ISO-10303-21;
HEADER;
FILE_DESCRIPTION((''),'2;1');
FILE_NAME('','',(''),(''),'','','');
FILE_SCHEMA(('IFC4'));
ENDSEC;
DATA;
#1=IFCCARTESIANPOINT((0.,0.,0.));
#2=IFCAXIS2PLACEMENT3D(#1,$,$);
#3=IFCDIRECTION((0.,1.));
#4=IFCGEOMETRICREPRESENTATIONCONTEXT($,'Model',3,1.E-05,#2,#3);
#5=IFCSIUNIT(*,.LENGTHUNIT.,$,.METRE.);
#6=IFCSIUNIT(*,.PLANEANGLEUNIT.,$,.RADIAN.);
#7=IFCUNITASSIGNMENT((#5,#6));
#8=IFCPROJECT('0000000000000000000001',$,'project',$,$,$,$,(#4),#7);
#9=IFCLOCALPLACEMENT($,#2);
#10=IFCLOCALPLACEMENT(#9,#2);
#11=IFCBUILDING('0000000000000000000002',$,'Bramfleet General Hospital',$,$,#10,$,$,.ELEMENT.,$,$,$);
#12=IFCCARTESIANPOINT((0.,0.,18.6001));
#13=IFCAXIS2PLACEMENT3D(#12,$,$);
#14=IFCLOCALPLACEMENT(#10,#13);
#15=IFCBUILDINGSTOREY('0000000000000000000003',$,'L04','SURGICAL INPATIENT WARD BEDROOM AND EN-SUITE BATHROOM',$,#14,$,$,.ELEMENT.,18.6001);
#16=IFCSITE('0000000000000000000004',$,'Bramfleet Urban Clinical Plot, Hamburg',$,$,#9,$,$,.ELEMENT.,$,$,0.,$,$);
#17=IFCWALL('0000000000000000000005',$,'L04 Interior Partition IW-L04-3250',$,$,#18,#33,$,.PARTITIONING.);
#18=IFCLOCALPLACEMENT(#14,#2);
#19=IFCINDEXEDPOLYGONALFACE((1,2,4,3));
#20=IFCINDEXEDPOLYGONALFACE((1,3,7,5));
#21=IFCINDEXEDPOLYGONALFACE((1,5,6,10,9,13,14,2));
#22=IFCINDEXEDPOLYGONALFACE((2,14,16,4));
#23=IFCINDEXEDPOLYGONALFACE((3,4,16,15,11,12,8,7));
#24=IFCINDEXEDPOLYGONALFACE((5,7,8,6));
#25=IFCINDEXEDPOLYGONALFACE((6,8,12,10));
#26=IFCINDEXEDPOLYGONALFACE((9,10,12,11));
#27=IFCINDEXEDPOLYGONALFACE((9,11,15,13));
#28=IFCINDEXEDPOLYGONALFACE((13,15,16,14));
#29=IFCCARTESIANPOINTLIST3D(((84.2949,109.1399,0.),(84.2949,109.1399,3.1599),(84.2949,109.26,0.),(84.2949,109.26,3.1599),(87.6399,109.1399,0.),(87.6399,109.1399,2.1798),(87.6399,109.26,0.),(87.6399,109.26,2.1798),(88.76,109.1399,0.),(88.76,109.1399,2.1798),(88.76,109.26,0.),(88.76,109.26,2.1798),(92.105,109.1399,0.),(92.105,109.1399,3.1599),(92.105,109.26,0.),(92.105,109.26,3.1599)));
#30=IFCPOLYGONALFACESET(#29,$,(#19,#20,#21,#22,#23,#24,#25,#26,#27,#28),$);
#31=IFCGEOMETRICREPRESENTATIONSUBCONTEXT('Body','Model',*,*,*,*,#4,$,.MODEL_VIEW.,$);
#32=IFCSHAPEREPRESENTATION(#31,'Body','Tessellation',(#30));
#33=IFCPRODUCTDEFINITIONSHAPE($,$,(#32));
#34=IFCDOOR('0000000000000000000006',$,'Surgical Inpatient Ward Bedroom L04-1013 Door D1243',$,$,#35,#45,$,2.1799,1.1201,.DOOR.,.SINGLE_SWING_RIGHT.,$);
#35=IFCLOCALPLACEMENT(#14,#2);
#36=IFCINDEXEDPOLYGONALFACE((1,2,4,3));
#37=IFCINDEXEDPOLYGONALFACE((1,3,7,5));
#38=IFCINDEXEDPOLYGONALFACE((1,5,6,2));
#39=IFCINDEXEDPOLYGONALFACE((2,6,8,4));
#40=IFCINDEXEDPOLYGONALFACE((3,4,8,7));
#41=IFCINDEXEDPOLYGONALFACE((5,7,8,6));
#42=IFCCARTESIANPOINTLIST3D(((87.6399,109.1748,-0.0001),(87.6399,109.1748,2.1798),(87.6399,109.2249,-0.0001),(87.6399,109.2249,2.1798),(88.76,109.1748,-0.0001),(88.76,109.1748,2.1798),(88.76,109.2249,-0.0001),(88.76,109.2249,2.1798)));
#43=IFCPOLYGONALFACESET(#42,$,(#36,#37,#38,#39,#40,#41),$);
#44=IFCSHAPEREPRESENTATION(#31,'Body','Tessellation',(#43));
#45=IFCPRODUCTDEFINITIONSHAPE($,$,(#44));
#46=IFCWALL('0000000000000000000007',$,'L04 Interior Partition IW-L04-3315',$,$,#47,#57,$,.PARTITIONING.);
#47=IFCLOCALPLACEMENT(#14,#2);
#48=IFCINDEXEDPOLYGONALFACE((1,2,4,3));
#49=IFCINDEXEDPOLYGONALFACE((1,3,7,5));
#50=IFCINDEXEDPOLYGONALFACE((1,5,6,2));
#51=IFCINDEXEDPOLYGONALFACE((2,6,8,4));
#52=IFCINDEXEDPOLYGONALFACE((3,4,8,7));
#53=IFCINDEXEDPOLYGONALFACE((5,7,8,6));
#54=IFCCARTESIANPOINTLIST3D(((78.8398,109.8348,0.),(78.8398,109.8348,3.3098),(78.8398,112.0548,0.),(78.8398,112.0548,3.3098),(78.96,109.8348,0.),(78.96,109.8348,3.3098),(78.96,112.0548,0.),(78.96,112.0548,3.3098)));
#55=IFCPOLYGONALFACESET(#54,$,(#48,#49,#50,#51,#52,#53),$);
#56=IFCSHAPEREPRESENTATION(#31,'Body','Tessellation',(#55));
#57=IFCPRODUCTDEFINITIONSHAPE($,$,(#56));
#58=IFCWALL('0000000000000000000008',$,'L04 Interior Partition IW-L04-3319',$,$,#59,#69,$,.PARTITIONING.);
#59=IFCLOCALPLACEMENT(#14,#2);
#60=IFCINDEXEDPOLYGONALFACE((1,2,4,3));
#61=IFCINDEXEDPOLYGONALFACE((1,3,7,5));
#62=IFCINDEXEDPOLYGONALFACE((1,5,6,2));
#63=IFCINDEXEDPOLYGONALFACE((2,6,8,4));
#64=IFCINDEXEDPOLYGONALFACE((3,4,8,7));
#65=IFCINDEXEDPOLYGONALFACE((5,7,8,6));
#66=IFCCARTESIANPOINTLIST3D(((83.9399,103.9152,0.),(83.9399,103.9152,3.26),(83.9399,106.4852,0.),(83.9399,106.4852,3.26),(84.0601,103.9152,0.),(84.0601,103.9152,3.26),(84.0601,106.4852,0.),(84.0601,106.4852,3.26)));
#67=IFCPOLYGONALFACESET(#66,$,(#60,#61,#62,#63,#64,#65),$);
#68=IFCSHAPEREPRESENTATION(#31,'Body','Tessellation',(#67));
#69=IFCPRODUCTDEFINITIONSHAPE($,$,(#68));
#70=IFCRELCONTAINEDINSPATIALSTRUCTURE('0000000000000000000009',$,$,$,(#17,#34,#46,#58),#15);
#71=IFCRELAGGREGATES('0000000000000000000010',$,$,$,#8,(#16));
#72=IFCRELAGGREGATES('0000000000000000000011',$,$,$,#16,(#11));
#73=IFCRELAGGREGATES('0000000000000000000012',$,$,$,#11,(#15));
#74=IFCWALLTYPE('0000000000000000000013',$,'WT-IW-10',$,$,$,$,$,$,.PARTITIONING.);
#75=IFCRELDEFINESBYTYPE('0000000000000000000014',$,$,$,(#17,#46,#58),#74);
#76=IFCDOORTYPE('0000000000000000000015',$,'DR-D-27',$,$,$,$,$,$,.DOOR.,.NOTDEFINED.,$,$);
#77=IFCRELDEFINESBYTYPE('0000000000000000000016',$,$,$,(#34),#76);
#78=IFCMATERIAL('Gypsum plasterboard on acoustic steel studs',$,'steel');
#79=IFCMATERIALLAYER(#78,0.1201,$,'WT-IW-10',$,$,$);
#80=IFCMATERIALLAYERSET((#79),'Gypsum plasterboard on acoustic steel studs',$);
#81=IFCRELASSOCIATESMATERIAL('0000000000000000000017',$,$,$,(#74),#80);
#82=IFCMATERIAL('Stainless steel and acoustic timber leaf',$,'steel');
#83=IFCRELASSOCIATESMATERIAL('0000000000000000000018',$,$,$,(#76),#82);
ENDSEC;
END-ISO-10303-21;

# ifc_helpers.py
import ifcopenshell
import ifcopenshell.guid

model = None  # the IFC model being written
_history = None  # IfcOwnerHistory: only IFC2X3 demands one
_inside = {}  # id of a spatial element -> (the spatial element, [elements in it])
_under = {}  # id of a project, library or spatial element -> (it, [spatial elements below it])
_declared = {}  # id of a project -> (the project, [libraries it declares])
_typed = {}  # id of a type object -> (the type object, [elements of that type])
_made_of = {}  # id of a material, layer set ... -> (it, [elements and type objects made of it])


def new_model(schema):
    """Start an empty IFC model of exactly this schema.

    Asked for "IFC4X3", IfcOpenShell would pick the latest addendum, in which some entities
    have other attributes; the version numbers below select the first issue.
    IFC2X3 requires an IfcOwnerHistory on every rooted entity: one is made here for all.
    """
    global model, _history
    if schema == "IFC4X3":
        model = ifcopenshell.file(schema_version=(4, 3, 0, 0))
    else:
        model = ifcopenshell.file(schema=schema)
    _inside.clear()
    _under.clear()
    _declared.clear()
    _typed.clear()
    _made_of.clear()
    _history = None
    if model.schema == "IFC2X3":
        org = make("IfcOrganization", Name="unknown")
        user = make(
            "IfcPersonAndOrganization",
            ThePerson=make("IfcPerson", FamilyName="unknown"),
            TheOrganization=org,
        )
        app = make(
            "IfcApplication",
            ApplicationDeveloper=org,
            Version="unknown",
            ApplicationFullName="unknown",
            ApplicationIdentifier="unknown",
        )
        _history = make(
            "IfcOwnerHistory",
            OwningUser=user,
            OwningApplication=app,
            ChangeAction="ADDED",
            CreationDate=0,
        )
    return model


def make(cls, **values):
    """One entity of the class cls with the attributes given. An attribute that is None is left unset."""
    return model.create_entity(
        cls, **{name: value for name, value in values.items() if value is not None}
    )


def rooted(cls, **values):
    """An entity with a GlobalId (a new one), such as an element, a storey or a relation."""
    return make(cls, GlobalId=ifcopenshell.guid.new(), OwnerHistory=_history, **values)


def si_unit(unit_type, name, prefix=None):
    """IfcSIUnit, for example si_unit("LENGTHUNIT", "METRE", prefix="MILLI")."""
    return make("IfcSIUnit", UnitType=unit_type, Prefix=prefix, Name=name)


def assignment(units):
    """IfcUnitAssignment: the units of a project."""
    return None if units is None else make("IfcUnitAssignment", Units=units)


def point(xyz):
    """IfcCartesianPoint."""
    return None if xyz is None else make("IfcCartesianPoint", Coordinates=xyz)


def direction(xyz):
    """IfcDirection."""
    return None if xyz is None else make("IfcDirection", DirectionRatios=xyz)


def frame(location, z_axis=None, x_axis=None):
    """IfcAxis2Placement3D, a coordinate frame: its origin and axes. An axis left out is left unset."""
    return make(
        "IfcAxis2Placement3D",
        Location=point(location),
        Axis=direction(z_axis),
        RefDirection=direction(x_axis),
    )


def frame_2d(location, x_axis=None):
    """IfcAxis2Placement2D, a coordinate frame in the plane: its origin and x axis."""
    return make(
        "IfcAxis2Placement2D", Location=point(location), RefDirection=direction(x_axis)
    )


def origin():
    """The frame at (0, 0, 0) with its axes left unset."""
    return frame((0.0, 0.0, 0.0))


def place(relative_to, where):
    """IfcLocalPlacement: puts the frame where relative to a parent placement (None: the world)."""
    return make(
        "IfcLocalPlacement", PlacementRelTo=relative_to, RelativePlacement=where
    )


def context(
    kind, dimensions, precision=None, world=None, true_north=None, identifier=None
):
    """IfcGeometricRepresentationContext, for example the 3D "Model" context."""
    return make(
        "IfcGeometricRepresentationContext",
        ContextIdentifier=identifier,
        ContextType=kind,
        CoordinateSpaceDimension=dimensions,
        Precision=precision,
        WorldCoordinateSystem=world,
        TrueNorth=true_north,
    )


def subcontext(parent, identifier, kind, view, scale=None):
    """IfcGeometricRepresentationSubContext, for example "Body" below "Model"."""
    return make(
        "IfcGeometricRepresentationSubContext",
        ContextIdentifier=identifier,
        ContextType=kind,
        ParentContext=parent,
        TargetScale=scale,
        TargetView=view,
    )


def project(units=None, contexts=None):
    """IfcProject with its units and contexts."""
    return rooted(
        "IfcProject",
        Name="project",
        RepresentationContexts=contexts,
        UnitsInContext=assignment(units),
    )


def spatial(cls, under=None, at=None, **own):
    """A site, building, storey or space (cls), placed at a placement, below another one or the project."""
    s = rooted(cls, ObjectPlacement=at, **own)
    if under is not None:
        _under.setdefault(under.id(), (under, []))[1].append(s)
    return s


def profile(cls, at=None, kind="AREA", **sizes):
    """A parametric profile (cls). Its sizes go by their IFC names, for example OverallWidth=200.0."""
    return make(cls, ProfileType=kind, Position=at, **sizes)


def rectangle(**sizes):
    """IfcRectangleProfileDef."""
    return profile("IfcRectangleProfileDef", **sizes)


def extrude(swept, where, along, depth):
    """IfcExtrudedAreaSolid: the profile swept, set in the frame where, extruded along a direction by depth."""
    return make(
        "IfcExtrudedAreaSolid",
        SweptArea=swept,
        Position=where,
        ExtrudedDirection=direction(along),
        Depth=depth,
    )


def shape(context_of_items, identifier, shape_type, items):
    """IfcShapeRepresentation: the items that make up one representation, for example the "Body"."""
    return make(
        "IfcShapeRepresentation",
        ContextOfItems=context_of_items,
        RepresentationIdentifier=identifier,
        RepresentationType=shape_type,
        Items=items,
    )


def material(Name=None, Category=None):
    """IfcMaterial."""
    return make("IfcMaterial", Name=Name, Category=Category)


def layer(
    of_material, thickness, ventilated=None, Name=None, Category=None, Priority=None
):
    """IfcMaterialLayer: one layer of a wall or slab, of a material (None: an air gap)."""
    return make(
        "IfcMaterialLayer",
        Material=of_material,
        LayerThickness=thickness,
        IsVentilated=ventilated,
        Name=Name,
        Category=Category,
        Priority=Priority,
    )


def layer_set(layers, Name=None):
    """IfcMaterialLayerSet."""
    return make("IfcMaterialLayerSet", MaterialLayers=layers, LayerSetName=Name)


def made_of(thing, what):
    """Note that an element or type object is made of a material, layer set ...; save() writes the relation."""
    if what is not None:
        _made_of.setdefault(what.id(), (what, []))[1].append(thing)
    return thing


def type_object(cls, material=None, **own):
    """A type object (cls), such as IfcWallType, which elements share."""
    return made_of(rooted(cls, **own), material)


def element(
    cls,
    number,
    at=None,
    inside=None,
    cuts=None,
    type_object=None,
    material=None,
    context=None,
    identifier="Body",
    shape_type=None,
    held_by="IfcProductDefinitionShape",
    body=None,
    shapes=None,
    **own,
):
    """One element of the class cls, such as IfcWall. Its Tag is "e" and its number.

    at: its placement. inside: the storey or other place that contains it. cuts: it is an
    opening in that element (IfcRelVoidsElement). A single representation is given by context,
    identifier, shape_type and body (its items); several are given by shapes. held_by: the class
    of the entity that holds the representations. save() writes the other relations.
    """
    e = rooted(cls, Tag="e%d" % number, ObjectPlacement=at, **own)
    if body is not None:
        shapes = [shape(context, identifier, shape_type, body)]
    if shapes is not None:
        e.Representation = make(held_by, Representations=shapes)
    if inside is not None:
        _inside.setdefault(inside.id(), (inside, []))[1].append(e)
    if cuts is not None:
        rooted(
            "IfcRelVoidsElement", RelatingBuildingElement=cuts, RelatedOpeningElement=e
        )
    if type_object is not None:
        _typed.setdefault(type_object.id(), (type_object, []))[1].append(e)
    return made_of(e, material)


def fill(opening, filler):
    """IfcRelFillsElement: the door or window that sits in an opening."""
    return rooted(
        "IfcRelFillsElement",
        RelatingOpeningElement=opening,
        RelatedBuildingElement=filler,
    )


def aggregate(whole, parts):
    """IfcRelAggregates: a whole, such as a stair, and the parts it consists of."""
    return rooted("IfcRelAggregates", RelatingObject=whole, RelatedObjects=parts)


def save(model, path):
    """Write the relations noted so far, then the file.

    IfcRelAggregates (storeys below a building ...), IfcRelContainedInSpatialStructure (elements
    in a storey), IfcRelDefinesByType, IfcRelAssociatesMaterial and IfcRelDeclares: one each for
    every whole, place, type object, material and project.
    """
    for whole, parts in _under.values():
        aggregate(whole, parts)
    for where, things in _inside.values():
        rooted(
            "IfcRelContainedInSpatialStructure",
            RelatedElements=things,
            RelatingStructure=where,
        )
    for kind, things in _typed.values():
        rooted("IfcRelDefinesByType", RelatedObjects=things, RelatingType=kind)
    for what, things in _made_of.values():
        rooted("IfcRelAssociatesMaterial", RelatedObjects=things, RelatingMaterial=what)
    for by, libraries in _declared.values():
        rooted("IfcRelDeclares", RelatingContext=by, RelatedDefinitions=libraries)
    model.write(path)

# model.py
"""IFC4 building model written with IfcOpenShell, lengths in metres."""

from ifc_helpers import new_model, si_unit, direction, frame, frame_2d, origin, place, context, subcontext, project, spatial, rectangle, extrude, material, layer, layer_set, type_object, element, fill, save


model = new_model("IFC4")

# Units and contexts
model_context = context("Model", 3, precision=1e-05, world=origin(), true_north=direction((0.0, 1.0)))
body_context = subcontext(model_context, "Body", "Model", "MODEL_VIEW")
ifc_project = project(units=[si_unit("LENGTHUNIT", "METRE"), si_unit("PLANEANGLEUNIT", "RADIAN")], contexts=[model_context])

# Site, building, storey
site_placement = place(None, origin())
site = spatial("IfcSite", under=ifc_project, at=site_placement, Name="Bramfleet Urban Clinical Plot, Hamburg", CompositionType="ELEMENT", RefElevation=0.0)
building_placement = place(site_placement, origin())
building = spatial("IfcBuilding", under=site, at=building_placement, Name="Bramfleet General Hospital", CompositionType="ELEMENT")
storey_placement = place(building_placement, frame((0.0, 0.0, 18.6001)))
storey = spatial("IfcBuildingStorey", under=building, at=storey_placement, Name="L04", Description="SURGICAL INPATIENT WARD BEDROOM AND EN-SUITE BATHROOM", CompositionType="ELEMENT", Elevation=18.6001)

# Shared definitions
ifc_material_1 = material(Name="Gypsum plasterboard on acoustic steel studs", Category="steel")
ifc_material_2 = material(Name="Stainless steel and acoustic timber leaf", Category="steel")

# Shared definitions
ifc_layer_1 = layer(ifc_material_1, 0.1201, Name="WT-IW-10")
ifc_layer_set_1 = layer_set([ifc_layer_1], Name="Gypsum plasterboard on acoustic steel studs")
wall_type_1 = type_object("IfcWallType", Name="WT-IW-10", PredefinedType="PARTITIONING", material=ifc_layer_set_1)

# Wall, opening, door
wall_1_placement = place(storey_placement, frame((84.2949, 109.2, 0.0), z_axis=(0.0, 0.0, 1.0), x_axis=(1.0, 0.0, 0.0)))
wall_1 = element("IfcWall", 1, at=wall_1_placement, inside=storey, type_object=wall_type_1, Name="L04 Interior Partition IW-L04-3250", PredefinedType="PARTITIONING", context=body_context, shape_type="SweptSolid", body=[
    extrude(rectangle(XDim=7.8101, YDim=0.1201, at=frame_2d((3.905, 0.0))), origin(), (0.0, 0.0, 1.0), 3.1599),
])
opening_1_placement = place(wall_1_placement, frame((3.345, 0.0, 0.0)))
opening_1 = element("IfcOpeningElement", 2, at=opening_1_placement, cuts=wall_1, PredefinedType="OPENING", context=body_context, shape_type="SweptSolid", body=[
    extrude(rectangle(XDim=1.1201, YDim=2.1799, at=frame_2d((0.5601, 1.0898))), frame((0.0, 0.0701, 0.0), z_axis=(0.0, -1.0, 0.0), x_axis=(1.0, 0.0, 0.0)), (0.0, 0.0, 1.0), 0.1401),
])
door_type_1 = type_object("IfcDoorType", Name="DR-D-27", OperationType="NOTDEFINED", PredefinedType="DOOR", material=ifc_material_2)
door_1_placement = place(opening_1_placement, origin())
door_1 = element("IfcDoor", 3, at=door_1_placement, inside=storey, type_object=door_type_1, Name="Surgical Inpatient Ward Bedroom L04-1013 Door D1243", OperationType="SINGLE_SWING_RIGHT", OverallHeight=2.1799, OverallWidth=1.1201, PredefinedType="DOOR", context=body_context, shape_type="SweptSolid", body=[
    extrude(rectangle(XDim=1.1201, YDim=2.1799, at=frame_2d((0.5601, 1.0898))), frame((0.0, 0.0249, 0.0), z_axis=(0.0, -1.0, 0.0), x_axis=(1.0, 0.0, 0.0)), (0.0, 0.0, 1.0), 0.05),
])
fill(opening_1, door_1)

# Walls
wall_2_placement = place(storey_placement, frame((78.8999, 109.835, 0.0), z_axis=(0.0, 0.0, 1.0), x_axis=(0.0, 1.0, 0.0)))
element("IfcWall", 4, at=wall_2_placement, inside=storey, type_object=wall_type_1, Name="L04 Interior Partition IW-L04-3315", PredefinedType="PARTITIONING", context=body_context, shape_type="SweptSolid", body=[
    extrude(rectangle(XDim=2.22, YDim=0.1201, at=frame_2d((1.1099, 0.0))), origin(), (0.0, 0.0, 1.0), 3.3098),
])
wall_3_placement = place(storey_placement, frame((84.0, 103.915, 0.0), z_axis=(0.0, 0.0, 1.0), x_axis=(0.0, 1.0, 0.0)))
element("IfcWall", 5, at=wall_3_placement, inside=storey, type_object=wall_type_1, Name="L04 Interior Partition IW-L04-3319", PredefinedType="PARTITIONING", context=body_context, shape_type="SweptSolid", body=[
    extrude(rectangle(XDim=2.5701, YDim=0.1201, at=frame_2d((1.2852, 0.0))), origin(), (0.0, 0.0, 1.0), 3.26),
])

save(model, "model.ifc")
